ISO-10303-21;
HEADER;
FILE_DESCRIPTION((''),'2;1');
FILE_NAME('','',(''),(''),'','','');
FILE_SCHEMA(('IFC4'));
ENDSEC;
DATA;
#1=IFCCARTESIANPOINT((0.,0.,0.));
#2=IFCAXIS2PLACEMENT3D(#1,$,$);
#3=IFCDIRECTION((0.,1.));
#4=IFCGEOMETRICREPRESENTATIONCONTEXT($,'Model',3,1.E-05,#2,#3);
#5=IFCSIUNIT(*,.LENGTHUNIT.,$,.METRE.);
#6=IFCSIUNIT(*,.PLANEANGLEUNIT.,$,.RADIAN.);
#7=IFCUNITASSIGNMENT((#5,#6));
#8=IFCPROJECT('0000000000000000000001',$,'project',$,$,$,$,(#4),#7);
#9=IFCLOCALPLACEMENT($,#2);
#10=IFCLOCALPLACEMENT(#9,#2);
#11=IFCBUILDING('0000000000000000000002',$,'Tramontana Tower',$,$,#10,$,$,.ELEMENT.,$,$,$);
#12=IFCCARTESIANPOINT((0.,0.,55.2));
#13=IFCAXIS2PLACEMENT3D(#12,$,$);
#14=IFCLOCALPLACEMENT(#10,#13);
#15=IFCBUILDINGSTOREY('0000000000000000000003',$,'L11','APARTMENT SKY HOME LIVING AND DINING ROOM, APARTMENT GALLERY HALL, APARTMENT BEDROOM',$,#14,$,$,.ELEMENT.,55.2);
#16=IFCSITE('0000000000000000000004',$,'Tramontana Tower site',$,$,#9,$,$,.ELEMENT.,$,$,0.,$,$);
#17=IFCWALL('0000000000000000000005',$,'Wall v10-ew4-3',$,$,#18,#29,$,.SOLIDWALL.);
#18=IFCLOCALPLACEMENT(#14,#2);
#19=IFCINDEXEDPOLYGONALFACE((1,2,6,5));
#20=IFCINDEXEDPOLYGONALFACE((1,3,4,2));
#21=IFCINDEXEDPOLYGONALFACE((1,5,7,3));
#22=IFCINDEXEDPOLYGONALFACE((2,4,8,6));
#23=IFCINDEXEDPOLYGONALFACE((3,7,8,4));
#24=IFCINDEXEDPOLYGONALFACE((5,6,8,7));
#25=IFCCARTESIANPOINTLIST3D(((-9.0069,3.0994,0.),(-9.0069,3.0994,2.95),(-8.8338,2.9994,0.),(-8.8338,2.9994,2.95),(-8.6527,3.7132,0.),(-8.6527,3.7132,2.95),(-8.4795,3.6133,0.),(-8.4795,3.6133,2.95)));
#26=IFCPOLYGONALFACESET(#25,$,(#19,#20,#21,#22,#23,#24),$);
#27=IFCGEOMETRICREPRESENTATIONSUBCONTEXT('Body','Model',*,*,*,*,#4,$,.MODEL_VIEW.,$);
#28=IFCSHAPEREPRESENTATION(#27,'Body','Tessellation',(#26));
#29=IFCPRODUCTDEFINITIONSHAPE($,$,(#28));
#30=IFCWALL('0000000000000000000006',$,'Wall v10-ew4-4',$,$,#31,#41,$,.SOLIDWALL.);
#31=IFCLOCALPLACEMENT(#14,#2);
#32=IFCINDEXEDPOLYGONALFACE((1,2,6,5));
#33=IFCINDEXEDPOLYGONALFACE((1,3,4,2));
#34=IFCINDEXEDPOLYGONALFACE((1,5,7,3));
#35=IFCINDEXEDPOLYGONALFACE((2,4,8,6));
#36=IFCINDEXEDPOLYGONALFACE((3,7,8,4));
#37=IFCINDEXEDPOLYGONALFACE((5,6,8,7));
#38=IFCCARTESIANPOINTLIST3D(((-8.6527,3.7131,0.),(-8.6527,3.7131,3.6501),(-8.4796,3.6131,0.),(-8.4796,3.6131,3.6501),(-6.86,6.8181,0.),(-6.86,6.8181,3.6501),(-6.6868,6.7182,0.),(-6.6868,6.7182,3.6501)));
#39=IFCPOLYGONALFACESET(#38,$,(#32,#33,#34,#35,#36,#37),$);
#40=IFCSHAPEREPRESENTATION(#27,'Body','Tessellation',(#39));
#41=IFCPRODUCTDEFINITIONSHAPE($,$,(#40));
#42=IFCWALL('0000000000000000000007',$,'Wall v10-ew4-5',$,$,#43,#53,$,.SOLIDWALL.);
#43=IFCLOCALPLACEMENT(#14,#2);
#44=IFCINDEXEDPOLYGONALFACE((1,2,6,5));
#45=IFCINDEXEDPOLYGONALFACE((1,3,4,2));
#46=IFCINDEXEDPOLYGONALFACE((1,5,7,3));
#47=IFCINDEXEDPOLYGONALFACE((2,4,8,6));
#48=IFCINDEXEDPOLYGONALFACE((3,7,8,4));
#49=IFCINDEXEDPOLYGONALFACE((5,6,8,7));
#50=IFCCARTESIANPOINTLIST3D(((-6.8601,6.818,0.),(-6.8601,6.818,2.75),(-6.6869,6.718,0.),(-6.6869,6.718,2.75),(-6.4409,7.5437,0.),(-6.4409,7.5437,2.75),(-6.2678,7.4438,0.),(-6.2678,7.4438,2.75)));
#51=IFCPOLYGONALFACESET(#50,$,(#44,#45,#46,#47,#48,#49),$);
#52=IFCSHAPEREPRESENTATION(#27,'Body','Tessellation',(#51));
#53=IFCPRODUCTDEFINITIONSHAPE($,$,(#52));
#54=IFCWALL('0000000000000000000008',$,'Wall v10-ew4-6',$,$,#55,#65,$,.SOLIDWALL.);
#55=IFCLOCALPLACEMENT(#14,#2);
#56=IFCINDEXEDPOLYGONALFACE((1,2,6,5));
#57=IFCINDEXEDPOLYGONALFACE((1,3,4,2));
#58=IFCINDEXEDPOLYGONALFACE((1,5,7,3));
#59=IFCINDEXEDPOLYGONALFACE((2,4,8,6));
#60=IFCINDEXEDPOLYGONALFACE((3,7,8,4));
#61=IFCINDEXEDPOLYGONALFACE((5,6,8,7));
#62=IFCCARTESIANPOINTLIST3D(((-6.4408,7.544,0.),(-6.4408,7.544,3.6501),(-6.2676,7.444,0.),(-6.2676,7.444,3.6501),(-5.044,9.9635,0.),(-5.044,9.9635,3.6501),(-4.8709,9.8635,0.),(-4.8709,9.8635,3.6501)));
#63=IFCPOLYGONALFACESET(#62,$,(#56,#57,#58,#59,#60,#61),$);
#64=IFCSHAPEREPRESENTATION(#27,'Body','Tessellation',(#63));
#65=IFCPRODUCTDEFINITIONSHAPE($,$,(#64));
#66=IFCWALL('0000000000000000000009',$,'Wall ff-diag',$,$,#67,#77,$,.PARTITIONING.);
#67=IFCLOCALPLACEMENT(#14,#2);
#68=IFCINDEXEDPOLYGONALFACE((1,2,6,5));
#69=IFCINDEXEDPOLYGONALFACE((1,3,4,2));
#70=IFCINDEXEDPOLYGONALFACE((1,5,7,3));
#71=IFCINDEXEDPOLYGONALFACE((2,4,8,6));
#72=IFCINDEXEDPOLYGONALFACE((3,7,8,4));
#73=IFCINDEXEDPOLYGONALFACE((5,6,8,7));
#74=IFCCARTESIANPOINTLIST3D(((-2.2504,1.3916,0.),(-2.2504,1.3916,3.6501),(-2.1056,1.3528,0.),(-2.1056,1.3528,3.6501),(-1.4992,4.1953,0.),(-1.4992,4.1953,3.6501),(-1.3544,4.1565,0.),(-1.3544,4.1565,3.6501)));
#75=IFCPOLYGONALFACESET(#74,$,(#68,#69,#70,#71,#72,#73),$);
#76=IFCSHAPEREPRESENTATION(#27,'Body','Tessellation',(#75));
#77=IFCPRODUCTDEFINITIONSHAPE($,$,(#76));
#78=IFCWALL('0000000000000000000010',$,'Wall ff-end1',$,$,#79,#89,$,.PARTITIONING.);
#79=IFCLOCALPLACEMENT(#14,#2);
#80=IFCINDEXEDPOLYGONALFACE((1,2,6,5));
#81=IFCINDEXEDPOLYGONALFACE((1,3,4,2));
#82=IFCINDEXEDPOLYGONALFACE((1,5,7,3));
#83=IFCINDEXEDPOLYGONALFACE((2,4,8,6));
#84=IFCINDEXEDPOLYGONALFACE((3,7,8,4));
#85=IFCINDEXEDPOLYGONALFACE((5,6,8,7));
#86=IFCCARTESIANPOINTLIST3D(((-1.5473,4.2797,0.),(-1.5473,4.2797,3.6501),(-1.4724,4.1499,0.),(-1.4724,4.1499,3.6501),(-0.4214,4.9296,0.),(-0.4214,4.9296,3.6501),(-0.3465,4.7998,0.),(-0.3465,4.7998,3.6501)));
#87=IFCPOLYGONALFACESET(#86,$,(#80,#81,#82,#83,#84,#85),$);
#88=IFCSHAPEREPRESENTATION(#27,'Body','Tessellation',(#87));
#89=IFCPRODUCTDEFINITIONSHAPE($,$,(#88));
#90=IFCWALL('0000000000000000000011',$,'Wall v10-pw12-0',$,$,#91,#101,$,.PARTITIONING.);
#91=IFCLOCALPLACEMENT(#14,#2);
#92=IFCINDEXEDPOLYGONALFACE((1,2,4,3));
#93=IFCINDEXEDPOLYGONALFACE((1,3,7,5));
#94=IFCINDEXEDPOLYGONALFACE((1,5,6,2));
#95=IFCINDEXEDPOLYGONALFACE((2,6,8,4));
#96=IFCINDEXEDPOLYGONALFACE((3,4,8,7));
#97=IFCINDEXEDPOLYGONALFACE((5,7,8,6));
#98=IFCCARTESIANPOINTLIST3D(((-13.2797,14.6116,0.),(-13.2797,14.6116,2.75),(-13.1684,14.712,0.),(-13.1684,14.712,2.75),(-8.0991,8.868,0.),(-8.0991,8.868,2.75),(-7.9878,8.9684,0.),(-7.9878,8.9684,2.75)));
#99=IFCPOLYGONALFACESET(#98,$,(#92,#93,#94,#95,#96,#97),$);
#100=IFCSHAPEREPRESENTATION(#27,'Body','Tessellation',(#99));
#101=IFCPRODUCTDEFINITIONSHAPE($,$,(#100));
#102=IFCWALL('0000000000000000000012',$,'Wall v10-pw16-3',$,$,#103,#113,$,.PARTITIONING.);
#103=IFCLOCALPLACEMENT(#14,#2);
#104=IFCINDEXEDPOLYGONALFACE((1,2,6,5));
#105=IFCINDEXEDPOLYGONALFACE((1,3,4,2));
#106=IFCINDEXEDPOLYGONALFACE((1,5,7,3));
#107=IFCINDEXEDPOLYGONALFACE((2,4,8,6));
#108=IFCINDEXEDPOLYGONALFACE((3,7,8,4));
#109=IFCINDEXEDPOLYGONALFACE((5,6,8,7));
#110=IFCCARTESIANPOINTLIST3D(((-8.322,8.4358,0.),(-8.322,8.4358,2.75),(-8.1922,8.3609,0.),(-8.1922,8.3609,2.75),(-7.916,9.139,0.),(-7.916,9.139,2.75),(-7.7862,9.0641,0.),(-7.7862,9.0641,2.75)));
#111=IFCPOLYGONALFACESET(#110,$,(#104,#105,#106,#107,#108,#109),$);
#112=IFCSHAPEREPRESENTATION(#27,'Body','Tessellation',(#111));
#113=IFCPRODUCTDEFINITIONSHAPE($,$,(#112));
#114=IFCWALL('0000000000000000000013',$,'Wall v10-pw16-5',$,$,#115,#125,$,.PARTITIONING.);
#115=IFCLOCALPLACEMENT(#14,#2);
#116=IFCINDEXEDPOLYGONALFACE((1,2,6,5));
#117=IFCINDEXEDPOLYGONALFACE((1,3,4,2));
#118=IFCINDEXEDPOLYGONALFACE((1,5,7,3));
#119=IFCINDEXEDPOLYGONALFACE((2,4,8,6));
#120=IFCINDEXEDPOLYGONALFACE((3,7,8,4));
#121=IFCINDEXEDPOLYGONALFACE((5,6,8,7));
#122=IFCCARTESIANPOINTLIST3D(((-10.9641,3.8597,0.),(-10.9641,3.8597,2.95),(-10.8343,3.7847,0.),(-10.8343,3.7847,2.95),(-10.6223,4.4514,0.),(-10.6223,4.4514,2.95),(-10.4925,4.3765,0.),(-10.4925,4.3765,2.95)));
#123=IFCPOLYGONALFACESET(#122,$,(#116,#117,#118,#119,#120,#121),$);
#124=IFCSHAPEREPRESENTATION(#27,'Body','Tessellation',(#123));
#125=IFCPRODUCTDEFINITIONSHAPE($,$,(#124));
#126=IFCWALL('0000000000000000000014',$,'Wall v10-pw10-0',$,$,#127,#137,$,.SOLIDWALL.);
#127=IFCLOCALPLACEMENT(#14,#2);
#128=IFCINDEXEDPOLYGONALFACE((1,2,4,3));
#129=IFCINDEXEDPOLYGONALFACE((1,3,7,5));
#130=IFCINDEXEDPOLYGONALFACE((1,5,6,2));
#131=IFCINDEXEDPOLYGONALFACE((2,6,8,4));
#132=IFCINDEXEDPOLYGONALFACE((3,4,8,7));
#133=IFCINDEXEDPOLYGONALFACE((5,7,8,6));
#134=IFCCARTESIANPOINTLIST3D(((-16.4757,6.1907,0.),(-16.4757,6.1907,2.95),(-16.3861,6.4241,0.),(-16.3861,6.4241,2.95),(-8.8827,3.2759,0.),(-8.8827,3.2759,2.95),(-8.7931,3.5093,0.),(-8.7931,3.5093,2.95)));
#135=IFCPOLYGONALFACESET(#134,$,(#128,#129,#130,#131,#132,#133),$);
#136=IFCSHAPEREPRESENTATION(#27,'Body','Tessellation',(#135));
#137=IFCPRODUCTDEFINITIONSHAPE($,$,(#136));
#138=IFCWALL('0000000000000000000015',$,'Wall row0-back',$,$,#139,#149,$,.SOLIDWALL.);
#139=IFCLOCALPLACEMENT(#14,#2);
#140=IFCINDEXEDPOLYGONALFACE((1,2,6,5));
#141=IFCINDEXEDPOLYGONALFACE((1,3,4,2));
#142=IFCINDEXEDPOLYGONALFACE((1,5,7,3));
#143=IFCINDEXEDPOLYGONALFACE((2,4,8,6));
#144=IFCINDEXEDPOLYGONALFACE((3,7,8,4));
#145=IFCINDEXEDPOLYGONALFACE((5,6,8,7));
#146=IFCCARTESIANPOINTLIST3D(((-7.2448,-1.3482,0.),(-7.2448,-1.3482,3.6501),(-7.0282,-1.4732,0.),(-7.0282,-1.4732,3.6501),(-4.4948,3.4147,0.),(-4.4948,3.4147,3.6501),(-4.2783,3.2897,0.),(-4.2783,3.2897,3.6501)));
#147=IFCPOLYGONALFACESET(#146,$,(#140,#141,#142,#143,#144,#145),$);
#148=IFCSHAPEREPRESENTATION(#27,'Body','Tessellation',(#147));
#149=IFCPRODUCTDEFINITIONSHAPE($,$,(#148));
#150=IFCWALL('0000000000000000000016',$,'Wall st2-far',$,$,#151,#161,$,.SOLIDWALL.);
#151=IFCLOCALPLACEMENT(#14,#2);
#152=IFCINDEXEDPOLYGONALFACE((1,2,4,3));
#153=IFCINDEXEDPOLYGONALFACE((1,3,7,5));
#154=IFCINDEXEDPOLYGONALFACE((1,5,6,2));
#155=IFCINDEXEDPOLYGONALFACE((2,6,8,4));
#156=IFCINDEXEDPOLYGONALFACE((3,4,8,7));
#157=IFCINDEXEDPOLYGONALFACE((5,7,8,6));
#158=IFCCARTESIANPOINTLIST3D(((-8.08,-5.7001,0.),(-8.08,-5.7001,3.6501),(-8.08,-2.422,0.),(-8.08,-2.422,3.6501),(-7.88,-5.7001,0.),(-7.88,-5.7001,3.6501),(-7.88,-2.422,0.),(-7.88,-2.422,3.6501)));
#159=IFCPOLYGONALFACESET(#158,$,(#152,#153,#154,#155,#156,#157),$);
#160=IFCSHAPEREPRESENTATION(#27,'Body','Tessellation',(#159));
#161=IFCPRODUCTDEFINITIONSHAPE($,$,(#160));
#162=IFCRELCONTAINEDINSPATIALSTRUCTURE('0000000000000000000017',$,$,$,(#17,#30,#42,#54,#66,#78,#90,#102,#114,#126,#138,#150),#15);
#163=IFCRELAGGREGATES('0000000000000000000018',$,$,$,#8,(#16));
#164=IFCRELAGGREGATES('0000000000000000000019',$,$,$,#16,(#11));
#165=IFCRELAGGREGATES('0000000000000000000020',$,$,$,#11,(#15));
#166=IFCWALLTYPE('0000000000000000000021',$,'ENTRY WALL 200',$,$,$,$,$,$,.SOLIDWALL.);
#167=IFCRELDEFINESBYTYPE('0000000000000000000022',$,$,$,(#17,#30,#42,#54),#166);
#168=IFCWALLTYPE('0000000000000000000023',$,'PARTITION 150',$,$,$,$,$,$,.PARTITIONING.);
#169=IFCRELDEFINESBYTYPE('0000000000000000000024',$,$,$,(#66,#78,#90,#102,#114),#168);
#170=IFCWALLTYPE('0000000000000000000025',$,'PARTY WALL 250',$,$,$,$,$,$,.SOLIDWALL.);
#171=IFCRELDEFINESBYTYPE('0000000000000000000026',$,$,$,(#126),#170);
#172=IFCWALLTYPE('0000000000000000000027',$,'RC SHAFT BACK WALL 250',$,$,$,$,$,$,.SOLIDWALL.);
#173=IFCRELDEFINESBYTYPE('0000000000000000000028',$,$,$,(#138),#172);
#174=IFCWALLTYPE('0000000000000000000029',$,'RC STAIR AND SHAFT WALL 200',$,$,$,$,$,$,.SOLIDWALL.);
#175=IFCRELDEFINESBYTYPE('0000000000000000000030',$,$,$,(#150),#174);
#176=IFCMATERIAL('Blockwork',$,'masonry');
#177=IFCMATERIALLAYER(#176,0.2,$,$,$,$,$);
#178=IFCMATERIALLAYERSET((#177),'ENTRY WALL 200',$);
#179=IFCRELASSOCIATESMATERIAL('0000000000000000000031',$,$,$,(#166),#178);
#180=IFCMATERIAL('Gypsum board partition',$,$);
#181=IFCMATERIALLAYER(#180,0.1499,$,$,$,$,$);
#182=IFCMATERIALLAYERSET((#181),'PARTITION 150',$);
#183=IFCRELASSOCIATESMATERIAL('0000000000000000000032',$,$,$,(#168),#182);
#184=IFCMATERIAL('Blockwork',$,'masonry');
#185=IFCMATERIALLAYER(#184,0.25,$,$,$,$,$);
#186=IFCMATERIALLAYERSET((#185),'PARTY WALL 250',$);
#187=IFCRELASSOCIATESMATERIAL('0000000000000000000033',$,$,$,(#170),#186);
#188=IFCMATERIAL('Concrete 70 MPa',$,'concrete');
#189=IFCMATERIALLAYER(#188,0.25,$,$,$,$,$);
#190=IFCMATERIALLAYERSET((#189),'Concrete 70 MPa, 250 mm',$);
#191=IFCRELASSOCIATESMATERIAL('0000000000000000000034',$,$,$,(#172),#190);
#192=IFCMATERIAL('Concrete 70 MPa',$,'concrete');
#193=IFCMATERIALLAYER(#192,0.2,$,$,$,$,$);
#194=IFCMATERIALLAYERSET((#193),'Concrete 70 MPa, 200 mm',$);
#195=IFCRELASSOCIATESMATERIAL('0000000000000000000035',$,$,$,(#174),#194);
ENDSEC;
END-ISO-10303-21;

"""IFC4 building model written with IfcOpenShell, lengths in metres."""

from ifc_helpers import new_model, si_unit, direction, frame, frame_2d, origin, place, context, subcontext, project, spatial, rectangle, extrude, material, layer, layer_set, type_object, element, save


model = new_model("IFC4")

# Units and contexts
model_context = context("Model", 3, precision=1e-05, world=origin(), true_north=direction((0.0, 1.0)))
body_context = subcontext(model_context, "Body", "Model", "MODEL_VIEW")
ifc_project = project(units=[si_unit("LENGTHUNIT", "METRE"), si_unit("PLANEANGLEUNIT", "RADIAN")], contexts=[model_context])

# Site, building, storey
site_placement = place(None, origin())
site = spatial("IfcSite", under=ifc_project, at=site_placement, Name="Tramontana Tower site", CompositionType="ELEMENT", RefElevation=0.0)
building_placement = place(site_placement, origin())
building = spatial("IfcBuilding", under=site, at=building_placement, Name="Tramontana Tower", CompositionType="ELEMENT")
storey_placement = place(building_placement, frame((0.0, 0.0, 55.2)))
storey = spatial("IfcBuildingStorey", under=building, at=storey_placement, Name="L11", Description="APARTMENT SKY HOME LIVING AND DINING ROOM, APARTMENT GALLERY HALL, APARTMENT BEDROOM", CompositionType="ELEMENT", Elevation=55.2)

# Walls
ifc_material_1 = material(Name="Blockwork", Category="masonry")
ifc_layer_1 = layer(ifc_material_1, 0.2)
ifc_layer_set_1 = layer_set([ifc_layer_1], Name="ENTRY WALL 200")
wall_type_1 = type_object("IfcWallType", Name="ENTRY WALL 200", PredefinedType="SOLIDWALL", material=ifc_layer_set_1)
wall_1_placement = place(storey_placement, frame((-8.9204, 3.0493, 0.0), z_axis=(0.0, 0.0, 1.0), x_axis=(0.499882, 0.866094, 0.0)))
element("IfcWall", 1, at=wall_1_placement, inside=storey, type_object=wall_type_1, Name="Wall v10-ew4-3", PredefinedType="SOLIDWALL", context=body_context, shape_type="SweptSolid", body=[
    extrude(rectangle(XDim=0.7087, YDim=0.2, at=frame_2d((0.3545, 0.0))), origin(), (0.0, 0.0, 1.0), 2.95),
])
wall_2_placement = place(storey_placement, frame((-8.5662, 3.6631, 0.0), z_axis=(0.0, 0.0, 1.0), x_axis=(0.500013, 0.866018, 0.0)))
element("IfcWall", 2, at=wall_2_placement, inside=storey, type_object=wall_type_1, Name="Wall v10-ew4-4", PredefinedType="SOLIDWALL", context=body_context, shape_type="SweptSolid", body=[
    extrude(rectangle(XDim=3.5854, YDim=0.2, at=frame_2d((1.7927, 0.0))), origin(), (0.0, 0.0, 1.0), 3.6501),
])
wall_3_placement = place(storey_placement, frame((-6.7734, 6.7681, 0.0), z_axis=(0.0, 0.0, 1.0), x_axis=(0.500117, 0.865958, 0.0)))
element("IfcWall", 3, at=wall_3_placement, inside=storey, type_object=wall_type_1, Name="Wall v10-ew4-5", PredefinedType="SOLIDWALL", context=body_context, shape_type="SweptSolid", body=[
    extrude(rectangle(XDim=0.8381, YDim=0.2, at=frame_2d((0.4189, 0.0))), origin(), (0.0, 0.0, 1.0), 2.75),
])
wall_4_placement = place(storey_placement, frame((-6.3542, 7.4939, 0.0), z_axis=(0.0, 0.0, 1.0), x_axis=(0.499965, 0.866046, 0.0)))
element("IfcWall", 4, at=wall_4_placement, inside=storey, type_object=wall_type_1, Name="Wall v10-ew4-6", PredefinedType="SOLIDWALL", context=body_context, shape_type="SweptSolid", body=[
    extrude(rectangle(XDim=2.7937, YDim=0.2, at=frame_2d((1.397, 0.0))), origin(), (0.0, 0.0, 1.0), 3.6501),
])

# Shared definitions
ifc_material_2 = material(Name="Gypsum board partition")
ifc_layer_2 = layer(ifc_material_2, 0.1499)
ifc_layer_set_2 = layer_set([ifc_layer_2], Name="PARTITION 150")
wall_type_2 = type_object("IfcWallType", Name="PARTITION 150", PredefinedType="PARTITIONING", material=ifc_layer_set_2)

# Walls
wall_5_placement = place(storey_placement, frame((-2.178, 1.3723, 0.0), z_axis=(0.0, 0.0, 1.0), x_axis=(0.258809, 0.965929, 0.0)))
element("IfcWall", 5, at=wall_5_placement, inside=storey, type_object=wall_type_2, Name="Wall ff-diag", PredefinedType="PARTITIONING", context=body_context, shape_type="SweptSolid", body=[
    extrude(rectangle(XDim=2.9026, YDim=0.1499, at=frame_2d((1.4512, 0.0))), origin(), (0.0, 0.0, 1.0), 3.6501),
])
wall_6_placement = place(storey_placement, frame((-1.5098, 4.2148, 0.0), z_axis=(0.0, 0.0, 1.0), x_axis=(0.866086, 0.499896, 0.0)))
element("IfcWall", 6, at=wall_6_placement, inside=storey, type_object=wall_type_2, Name="Wall ff-end1", PredefinedType="PARTITIONING", context=body_context, shape_type="SweptSolid", body=[
    extrude(rectangle(XDim=1.3, YDim=0.1499, at=frame_2d((0.6499, 0.0))), origin(), (0.0, 0.0, 1.0), 3.6501),
])
wall_7_placement = place(storey_placement, frame((-8.0435, 8.9182, 0.0), z_axis=(0.0, 0.0, 1.0), x_axis=(-0.669777, 0.742562, 0.0)))
element("IfcWall", 7, at=wall_7_placement, inside=storey, type_object=wall_type_2, Name="Wall v10-pw12-0", PredefinedType="PARTITIONING", context=body_context, shape_type="SweptSolid", body=[
    extrude(rectangle(XDim=7.7349, YDim=0.1499, at=frame_2d((3.8674, 0.0))), origin(), (0.0, 0.0, 1.0), 2.75),
])

# Walls
wall_8_placement = place(storey_placement, frame((-7.8511, 9.1016, 0.0), z_axis=(0.0, 0.0, 1.0), x_axis=(-0.500052, -0.865995, 0.0)))
element("IfcWall", 8, at=wall_8_placement, inside=storey, type_object=wall_type_2, Name="Wall v10-pw16-3", PredefinedType="PARTITIONING", context=body_context, shape_type="SweptSolid", body=[
    extrude(rectangle(XDim=0.812, YDim=0.1499, at=frame_2d((0.406, 0.0))), origin(), (0.0, 0.0, 1.0), 2.75),
])
wall_9_placement = place(storey_placement, frame((-10.5574, 4.4141, 0.0), z_axis=(0.0, 0.0, 1.0), x_axis=(-0.500135, -0.865948, 0.0)))
element("IfcWall", 9, at=wall_9_placement, inside=storey, type_object=wall_type_2, Name="Wall v10-pw16-5", PredefinedType="PARTITIONING", context=body_context, shape_type="SweptSolid", body=[
    extrude(rectangle(XDim=0.6833, YDim=0.1499, at=frame_2d((0.3418, 0.0))), origin(), (0.0, 0.0, 1.0), 2.95),
])
ifc_material_3 = material(Name="Blockwork", Category="masonry")
ifc_layer_3 = layer(ifc_material_3, 0.25)
ifc_layer_set_3 = layer_set([ifc_layer_3], Name="PARTY WALL 250")
wall_type_3 = type_object("IfcWallType", Name="PARTY WALL 250", PredefinedType="SOLIDWALL", material=ifc_layer_set_3)
wall_10_placement = place(storey_placement, frame((-8.8379, 3.3926, 0.0), z_axis=(0.0, 0.0, 1.0), x_axis=(-0.933576, 0.35838, 0.0)))
element("IfcWall", 10, at=wall_10_placement, inside=storey, type_object=wall_type_3, Name="Wall v10-pw10-0", PredefinedType="SOLIDWALL", context=body_context, shape_type="SweptSolid", body=[
    extrude(rectangle(XDim=8.1333, YDim=0.25, at=frame_2d((4.0667, 0.0))), origin(), (0.0, 0.0, 1.0), 2.95),
])
ifc_material_4 = material(Name="Concrete 70 MPa", Category="concrete")
ifc_layer_4 = layer(ifc_material_4, 0.25)
ifc_layer_set_4 = layer_set([ifc_layer_4], Name="Concrete 70 MPa, 250 mm")
wall_type_4 = type_object("IfcWallType", Name="RC SHAFT BACK WALL 250", PredefinedType="SOLIDWALL", material=ifc_layer_set_4)
wall_11_placement = place(storey_placement, frame((-4.3865, 3.3523, 0.0), z_axis=(0.0, 0.0, 1.0), x_axis=(-0.500016, -0.866016, 0.0)))
element("IfcWall", 11, at=wall_11_placement, inside=storey, type_object=wall_type_4, Name="Wall row0-back", PredefinedType="SOLIDWALL", context=body_context, shape_type="SweptSolid", body=[
    extrude(rectangle(XDim=5.4998, YDim=0.25, at=frame_2d((2.75, 0.0))), origin(), (0.0, 0.0, 1.0), 3.6501),
])

# Shared definitions
ifc_material_5 = material(Name="Concrete 70 MPa", Category="concrete")
ifc_layer_5 = layer(ifc_material_5, 0.2)
ifc_layer_set_5 = layer_set([ifc_layer_5], Name="Concrete 70 MPa, 200 mm")
wall_type_5 = type_object("IfcWallType", Name="RC STAIR AND SHAFT WALL 200", PredefinedType="SOLIDWALL", material=ifc_layer_set_5)

# Wall
wall_12_placement = place(storey_placement, frame((-7.98, -2.4219, 0.0), z_axis=(0.0, 0.0, 1.0), x_axis=(0.0, -1.0, 0.0)))
element("IfcWall", 12, at=wall_12_placement, inside=storey, type_object=wall_type_5, Name="Wall st2-far", PredefinedType="SOLIDWALL", context=body_context, shape_type="SweptSolid", body=[
    extrude(rectangle(XDim=3.2781, YDim=0.2, at=frame_2d((1.6392, 0.0))), origin(), (0.0, 0.0, 1.0), 3.6501),
])

save(model, "model.ifc")
